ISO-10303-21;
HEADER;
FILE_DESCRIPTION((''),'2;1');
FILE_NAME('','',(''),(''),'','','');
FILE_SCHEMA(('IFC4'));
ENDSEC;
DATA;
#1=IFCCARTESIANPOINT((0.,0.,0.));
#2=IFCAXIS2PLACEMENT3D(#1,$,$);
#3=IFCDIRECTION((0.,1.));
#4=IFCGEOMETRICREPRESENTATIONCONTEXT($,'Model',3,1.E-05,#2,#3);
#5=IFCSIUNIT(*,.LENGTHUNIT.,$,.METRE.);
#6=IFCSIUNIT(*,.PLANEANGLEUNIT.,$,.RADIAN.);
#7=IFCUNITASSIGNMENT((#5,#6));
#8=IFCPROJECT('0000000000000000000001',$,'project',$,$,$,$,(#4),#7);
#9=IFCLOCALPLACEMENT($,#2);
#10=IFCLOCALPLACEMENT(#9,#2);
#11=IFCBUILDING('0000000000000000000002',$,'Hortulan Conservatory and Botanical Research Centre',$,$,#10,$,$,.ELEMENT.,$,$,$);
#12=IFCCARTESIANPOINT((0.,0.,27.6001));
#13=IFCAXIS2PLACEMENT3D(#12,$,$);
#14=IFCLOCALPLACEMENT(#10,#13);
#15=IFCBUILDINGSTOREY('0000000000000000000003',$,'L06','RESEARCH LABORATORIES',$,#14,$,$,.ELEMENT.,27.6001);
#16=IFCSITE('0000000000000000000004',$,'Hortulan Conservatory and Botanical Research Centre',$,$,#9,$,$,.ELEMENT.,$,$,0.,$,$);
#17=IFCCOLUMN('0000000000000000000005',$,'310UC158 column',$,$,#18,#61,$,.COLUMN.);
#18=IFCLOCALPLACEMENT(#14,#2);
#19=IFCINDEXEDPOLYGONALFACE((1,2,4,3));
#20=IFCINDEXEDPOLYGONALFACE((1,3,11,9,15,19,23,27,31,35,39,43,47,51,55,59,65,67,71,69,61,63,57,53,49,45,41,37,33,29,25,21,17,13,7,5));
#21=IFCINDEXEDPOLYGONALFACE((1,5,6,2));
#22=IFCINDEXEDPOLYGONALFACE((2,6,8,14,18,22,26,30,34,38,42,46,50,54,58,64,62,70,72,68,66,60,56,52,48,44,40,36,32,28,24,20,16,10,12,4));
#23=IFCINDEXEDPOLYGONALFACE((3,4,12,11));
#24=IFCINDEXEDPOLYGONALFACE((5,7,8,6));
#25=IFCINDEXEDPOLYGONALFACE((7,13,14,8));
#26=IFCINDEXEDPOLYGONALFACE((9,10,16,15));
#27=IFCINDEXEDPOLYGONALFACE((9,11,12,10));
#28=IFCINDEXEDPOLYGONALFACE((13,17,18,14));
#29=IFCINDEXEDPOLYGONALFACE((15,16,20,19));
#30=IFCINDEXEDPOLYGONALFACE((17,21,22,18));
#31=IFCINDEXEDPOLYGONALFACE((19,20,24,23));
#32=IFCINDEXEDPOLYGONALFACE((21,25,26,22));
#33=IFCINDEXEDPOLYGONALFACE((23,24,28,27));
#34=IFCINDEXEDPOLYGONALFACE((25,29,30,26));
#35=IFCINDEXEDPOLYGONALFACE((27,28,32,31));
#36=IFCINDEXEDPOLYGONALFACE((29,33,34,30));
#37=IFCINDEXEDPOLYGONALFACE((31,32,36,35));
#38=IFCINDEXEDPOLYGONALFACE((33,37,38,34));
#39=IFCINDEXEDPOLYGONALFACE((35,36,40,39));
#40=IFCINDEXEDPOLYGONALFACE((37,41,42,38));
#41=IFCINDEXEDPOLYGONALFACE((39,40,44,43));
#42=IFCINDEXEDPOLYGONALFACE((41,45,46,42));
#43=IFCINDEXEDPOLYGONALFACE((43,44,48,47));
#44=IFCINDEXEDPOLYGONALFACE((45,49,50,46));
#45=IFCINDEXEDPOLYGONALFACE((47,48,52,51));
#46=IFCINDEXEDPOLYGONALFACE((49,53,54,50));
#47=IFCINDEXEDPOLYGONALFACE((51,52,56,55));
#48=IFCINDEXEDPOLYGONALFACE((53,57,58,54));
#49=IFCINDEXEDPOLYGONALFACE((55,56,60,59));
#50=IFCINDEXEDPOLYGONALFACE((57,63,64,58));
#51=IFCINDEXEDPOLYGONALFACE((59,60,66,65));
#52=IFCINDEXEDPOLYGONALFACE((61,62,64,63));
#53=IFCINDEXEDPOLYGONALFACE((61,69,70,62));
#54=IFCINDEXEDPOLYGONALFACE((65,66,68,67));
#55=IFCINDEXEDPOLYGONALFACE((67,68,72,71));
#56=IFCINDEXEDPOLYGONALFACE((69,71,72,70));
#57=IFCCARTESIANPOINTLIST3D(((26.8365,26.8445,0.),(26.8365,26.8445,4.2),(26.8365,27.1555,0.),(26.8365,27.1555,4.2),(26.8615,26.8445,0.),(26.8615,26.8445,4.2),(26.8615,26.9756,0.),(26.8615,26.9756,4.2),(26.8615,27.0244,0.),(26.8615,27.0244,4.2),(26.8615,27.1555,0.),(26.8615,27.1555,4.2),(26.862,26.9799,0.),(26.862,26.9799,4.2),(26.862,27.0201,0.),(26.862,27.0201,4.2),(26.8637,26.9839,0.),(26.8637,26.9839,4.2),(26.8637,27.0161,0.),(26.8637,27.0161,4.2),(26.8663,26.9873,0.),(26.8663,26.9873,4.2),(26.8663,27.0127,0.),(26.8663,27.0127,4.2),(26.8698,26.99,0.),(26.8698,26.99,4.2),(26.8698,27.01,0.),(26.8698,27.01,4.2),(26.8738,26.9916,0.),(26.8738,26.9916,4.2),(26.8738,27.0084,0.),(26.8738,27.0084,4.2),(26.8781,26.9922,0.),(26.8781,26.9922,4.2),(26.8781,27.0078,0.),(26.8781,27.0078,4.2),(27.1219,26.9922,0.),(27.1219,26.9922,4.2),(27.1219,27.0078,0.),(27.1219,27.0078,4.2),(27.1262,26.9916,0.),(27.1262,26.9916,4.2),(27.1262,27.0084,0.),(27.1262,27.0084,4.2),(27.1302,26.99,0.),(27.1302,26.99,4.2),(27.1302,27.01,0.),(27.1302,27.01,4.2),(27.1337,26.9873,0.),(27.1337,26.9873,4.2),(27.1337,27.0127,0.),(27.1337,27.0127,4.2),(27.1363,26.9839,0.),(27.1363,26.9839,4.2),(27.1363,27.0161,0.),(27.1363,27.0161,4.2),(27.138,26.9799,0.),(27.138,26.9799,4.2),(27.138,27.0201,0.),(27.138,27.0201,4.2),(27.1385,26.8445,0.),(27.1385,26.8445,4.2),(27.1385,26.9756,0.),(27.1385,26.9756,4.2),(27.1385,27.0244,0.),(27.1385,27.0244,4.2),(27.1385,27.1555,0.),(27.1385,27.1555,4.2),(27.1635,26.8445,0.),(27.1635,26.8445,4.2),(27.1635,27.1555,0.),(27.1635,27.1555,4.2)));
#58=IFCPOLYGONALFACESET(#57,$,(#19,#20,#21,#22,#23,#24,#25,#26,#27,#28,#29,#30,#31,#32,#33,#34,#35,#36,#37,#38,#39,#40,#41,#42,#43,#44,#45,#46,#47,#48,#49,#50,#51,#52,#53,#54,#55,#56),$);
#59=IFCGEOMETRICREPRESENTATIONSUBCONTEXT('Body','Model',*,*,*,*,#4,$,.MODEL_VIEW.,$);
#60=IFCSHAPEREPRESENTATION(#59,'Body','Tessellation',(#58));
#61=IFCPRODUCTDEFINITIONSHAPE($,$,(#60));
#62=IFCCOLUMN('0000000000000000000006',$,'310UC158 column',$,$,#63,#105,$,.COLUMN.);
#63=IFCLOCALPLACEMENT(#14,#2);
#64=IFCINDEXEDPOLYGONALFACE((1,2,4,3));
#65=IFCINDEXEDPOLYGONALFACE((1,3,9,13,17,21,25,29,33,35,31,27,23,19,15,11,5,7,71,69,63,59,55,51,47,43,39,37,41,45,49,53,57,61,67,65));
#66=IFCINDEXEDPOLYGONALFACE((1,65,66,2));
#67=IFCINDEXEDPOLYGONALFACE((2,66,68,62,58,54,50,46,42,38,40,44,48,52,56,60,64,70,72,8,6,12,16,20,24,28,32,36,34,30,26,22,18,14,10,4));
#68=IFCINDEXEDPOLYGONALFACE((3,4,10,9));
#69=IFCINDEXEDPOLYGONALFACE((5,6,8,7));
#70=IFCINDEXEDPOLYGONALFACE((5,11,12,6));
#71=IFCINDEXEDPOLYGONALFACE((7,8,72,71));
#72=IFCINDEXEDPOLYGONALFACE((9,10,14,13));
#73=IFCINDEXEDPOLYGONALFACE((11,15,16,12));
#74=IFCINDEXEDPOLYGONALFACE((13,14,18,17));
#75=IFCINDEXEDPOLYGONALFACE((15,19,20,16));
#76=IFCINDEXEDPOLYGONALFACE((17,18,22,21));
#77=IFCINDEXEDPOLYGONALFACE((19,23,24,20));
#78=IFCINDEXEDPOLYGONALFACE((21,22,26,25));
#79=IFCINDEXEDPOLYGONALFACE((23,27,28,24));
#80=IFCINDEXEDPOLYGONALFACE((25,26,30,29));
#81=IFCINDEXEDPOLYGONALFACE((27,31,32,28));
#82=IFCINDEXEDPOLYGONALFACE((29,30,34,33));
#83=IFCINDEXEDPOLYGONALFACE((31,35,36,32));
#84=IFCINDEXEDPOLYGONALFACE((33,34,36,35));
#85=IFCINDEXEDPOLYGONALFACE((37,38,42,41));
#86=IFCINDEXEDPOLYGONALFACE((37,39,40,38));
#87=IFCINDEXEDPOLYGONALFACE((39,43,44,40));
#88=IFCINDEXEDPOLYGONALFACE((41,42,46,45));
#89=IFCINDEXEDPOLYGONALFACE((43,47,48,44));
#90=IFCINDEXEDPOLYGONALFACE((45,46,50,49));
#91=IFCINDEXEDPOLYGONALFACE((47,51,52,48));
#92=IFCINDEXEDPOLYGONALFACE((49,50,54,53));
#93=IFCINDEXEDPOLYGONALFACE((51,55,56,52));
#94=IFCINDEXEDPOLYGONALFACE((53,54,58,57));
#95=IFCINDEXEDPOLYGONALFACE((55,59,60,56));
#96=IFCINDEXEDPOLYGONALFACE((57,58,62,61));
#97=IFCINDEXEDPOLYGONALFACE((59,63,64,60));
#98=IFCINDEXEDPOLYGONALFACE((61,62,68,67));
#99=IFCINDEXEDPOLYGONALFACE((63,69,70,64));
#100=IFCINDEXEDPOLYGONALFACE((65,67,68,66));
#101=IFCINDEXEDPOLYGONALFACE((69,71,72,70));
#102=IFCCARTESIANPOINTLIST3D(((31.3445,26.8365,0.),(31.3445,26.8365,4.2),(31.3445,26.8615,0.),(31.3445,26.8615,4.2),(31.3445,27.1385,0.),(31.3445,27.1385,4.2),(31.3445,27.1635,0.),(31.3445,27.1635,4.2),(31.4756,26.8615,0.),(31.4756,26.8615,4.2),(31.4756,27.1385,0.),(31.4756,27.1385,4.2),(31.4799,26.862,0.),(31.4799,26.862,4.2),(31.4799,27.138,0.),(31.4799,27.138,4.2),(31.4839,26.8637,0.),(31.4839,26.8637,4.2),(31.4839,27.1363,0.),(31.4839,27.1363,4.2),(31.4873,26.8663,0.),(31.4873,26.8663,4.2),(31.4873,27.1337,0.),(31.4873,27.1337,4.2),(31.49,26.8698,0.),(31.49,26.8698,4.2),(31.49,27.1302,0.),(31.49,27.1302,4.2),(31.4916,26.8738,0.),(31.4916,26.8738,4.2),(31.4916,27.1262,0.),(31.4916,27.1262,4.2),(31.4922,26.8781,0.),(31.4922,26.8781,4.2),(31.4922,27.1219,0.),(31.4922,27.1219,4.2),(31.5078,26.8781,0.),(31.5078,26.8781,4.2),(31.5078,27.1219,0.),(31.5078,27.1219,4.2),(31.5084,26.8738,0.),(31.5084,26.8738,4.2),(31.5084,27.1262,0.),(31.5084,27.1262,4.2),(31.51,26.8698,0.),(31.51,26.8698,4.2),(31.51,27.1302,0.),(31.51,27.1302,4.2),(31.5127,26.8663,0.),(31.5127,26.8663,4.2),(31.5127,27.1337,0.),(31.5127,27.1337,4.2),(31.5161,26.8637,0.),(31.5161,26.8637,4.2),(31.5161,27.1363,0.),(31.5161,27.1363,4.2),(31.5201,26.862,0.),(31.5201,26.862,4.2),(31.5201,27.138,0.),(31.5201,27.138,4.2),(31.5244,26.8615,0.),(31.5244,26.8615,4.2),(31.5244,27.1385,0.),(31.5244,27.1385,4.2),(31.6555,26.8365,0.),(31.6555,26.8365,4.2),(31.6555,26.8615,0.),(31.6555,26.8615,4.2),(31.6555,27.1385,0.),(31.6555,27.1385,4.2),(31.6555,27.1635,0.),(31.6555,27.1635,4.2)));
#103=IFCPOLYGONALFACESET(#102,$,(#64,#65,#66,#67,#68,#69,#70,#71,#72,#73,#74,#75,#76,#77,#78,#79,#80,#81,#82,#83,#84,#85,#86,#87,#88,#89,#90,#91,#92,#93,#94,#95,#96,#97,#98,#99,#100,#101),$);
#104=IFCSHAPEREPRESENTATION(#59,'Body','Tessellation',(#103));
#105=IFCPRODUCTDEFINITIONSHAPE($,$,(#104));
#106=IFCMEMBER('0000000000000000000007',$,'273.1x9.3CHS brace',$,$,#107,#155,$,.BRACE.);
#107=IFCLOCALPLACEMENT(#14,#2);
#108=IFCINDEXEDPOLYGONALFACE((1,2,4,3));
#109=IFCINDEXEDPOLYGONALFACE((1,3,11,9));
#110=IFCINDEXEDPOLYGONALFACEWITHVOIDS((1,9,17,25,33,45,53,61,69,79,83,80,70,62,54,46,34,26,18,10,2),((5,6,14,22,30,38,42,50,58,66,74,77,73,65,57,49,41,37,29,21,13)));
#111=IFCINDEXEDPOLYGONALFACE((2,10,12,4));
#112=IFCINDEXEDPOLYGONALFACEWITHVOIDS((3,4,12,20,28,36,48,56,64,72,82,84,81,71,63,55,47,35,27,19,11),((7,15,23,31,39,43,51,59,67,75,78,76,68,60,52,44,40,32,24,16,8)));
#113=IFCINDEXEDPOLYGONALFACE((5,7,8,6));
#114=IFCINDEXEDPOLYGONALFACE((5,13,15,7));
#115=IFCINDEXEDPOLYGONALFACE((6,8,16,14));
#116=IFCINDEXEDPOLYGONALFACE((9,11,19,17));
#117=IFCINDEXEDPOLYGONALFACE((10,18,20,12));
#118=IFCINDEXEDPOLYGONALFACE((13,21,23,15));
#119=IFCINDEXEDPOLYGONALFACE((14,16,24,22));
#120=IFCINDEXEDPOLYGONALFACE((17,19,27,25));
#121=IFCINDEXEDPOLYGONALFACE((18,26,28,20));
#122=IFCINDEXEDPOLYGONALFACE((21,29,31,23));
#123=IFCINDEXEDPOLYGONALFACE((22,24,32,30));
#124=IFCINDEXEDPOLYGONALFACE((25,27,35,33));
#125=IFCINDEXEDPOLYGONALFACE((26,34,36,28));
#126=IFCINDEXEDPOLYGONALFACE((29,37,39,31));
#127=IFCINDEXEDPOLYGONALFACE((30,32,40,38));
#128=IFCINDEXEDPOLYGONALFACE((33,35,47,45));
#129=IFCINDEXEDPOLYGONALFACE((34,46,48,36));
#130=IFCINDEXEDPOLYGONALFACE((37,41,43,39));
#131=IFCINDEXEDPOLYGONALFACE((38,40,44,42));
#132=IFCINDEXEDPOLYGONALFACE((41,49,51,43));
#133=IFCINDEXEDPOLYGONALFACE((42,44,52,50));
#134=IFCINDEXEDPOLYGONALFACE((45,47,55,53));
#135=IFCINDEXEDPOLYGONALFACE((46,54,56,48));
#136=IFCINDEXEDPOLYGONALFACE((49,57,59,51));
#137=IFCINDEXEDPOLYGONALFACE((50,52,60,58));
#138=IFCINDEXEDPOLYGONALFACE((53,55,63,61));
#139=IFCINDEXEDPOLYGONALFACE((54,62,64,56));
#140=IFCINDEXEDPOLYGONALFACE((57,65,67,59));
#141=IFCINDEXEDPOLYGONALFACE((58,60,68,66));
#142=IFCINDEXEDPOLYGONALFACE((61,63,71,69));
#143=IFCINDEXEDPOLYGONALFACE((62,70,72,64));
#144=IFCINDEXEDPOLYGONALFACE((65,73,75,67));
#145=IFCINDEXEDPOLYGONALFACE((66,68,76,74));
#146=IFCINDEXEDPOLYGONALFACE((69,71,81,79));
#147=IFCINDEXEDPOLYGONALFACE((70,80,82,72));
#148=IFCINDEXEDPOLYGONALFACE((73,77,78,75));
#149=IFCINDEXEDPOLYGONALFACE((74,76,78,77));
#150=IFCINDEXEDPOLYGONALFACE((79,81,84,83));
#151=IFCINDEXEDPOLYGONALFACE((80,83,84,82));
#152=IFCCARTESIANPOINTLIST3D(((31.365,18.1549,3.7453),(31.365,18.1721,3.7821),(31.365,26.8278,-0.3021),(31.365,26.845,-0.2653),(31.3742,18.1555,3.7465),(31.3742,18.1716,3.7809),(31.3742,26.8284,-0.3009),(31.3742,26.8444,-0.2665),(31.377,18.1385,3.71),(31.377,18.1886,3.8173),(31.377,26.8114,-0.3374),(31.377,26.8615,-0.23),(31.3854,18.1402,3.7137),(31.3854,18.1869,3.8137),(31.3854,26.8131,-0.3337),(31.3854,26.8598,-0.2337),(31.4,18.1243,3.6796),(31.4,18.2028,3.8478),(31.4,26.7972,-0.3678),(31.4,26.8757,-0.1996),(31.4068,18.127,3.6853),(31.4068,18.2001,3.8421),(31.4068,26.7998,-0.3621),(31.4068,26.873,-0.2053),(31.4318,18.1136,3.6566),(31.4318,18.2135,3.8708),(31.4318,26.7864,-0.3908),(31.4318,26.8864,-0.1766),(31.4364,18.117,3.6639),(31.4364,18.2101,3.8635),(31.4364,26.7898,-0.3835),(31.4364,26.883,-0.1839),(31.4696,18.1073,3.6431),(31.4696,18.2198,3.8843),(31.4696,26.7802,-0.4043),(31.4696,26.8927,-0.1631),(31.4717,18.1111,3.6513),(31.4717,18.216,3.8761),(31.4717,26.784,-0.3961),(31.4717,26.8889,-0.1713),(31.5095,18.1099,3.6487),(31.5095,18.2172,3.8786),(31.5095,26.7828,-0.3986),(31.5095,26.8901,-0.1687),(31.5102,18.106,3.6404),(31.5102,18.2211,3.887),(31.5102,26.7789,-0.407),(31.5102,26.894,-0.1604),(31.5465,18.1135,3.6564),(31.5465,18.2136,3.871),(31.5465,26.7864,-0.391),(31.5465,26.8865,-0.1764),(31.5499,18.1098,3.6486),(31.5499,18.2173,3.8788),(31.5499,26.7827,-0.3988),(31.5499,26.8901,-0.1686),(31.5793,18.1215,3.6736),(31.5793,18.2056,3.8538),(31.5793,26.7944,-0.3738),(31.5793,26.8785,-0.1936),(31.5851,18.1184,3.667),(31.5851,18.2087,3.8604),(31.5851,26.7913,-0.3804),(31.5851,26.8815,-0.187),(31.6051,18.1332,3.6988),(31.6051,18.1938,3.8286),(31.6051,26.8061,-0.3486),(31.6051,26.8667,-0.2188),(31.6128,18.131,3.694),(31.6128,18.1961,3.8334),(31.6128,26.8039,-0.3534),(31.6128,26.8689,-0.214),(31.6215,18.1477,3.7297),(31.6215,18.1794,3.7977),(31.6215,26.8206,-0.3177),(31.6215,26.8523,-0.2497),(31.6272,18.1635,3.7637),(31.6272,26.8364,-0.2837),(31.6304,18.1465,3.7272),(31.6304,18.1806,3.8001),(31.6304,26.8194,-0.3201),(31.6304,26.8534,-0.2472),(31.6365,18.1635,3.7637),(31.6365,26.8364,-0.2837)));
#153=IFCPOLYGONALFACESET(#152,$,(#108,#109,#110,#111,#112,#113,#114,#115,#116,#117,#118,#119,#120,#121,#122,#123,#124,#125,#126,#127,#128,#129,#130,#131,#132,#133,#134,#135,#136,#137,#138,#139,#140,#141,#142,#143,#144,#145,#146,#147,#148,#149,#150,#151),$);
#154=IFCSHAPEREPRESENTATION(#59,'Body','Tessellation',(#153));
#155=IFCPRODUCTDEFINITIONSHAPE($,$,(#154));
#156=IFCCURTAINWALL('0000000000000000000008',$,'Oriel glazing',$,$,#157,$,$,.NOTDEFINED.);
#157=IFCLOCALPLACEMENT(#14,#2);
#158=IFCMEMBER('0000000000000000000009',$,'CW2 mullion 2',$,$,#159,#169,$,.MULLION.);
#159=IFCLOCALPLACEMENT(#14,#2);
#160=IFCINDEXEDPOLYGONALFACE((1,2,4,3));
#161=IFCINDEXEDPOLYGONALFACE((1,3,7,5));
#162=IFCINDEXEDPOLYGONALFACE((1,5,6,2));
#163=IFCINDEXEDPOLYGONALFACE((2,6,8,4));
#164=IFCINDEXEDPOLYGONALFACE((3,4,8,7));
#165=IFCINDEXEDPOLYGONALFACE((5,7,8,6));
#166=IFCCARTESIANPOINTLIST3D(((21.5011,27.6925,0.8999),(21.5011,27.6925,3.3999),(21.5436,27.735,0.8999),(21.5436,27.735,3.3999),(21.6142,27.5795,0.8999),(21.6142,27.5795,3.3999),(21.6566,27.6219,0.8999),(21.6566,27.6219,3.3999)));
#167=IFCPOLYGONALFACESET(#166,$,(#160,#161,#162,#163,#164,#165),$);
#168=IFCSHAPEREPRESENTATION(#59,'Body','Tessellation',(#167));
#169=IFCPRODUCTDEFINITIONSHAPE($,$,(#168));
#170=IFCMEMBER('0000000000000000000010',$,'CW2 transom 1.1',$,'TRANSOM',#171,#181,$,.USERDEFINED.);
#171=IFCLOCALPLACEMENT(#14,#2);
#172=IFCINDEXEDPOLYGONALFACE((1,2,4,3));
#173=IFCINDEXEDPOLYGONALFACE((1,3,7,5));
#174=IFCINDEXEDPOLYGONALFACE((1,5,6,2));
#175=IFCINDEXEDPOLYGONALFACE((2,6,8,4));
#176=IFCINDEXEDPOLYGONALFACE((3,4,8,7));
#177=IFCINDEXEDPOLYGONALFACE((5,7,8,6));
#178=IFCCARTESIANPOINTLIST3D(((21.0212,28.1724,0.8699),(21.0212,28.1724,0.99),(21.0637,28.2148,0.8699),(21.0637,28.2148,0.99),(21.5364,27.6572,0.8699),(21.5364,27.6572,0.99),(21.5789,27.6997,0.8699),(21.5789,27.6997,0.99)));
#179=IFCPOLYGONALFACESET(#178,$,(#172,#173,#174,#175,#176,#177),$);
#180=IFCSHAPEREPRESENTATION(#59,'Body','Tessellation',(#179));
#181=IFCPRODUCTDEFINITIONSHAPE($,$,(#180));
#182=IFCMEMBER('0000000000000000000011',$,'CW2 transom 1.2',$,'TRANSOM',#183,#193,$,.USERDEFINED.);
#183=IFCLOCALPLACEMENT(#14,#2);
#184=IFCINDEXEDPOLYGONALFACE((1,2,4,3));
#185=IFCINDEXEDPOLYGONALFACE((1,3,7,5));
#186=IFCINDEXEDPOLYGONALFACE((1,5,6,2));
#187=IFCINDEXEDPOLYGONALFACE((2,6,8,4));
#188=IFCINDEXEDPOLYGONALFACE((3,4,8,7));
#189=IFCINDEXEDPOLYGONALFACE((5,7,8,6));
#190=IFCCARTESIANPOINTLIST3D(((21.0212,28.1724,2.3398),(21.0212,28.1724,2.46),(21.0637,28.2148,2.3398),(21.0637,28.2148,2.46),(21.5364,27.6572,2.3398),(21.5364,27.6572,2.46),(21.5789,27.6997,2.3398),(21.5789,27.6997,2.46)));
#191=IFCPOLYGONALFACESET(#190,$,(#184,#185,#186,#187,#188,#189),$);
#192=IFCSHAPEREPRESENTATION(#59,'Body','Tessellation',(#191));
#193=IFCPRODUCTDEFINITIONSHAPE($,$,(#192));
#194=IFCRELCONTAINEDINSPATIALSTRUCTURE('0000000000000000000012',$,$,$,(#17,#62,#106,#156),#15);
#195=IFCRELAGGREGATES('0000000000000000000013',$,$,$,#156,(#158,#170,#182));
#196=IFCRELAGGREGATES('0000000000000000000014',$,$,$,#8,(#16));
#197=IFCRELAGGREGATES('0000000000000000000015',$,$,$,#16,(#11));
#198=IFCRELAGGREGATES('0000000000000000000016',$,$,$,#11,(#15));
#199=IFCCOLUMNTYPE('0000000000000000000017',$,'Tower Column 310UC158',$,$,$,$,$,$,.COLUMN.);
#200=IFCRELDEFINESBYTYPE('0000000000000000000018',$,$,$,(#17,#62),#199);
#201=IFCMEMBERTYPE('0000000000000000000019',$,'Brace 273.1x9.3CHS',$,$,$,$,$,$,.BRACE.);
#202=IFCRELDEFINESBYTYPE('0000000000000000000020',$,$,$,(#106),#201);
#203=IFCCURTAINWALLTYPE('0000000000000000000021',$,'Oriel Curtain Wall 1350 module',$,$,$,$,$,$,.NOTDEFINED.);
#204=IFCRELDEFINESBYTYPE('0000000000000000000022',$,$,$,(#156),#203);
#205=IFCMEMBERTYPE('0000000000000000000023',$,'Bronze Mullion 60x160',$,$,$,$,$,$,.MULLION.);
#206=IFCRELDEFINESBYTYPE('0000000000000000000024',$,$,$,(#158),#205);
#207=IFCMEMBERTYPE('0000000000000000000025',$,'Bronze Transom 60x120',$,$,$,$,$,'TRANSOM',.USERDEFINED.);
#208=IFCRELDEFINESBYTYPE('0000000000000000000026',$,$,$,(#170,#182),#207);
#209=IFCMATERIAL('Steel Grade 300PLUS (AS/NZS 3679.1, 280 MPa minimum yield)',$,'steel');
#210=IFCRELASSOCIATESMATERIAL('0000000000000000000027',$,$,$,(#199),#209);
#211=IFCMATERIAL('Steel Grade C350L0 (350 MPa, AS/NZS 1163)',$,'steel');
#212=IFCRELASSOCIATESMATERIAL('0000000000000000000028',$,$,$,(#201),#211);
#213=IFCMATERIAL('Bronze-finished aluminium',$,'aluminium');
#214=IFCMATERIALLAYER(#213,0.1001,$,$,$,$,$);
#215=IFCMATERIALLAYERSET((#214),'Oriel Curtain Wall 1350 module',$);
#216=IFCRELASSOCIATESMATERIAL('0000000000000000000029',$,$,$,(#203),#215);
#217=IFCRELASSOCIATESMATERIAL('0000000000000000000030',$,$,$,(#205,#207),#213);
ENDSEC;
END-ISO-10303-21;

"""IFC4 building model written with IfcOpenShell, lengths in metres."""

from ifc_helpers import new_model, si_unit, direction, frame, origin, origin_2d, place, context, subcontext, project, spatial, rectangle, hollow_circle, i_section, extrude, material, layer, layer_set, material_profile, profile_set, type_object, element, aggregate, save


model = new_model("IFC4")

# Units and contexts
model_context = context("Model", 3, precision=1e-05, world=origin(), true_north=direction((0.0, 1.0)))
body_context = subcontext(model_context, "Body", "Model", "MODEL_VIEW")
ifc_project = project(units=[si_unit("LENGTHUNIT", "METRE"), si_unit("PLANEANGLEUNIT", "RADIAN")], contexts=[model_context])

# Site, building, storey
site_placement = place(None, origin())
site = spatial("IfcSite", under=ifc_project, at=site_placement, Name="Hortulan Conservatory and Botanical Research Centre", CompositionType="ELEMENT", RefElevation=0.0)
building_placement = place(site_placement, origin())
building = spatial("IfcBuilding", under=site, at=building_placement, Name="Hortulan Conservatory and Botanical Research Centre", CompositionType="ELEMENT")
storey_placement = place(building_placement, frame((0.0, 0.0, 27.6001)))
storey = spatial("IfcBuildingStorey", under=building, at=storey_placement, Name="L06", Description="RESEARCH LABORATORIES", CompositionType="ELEMENT", Elevation=27.6001)

# Columns
ifc_material_1 = material(Name="Steel Grade 300PLUS (AS/NZS 3679.1, 280 MPa minimum yield)", Category="steel")
ifc_material_profile_1 = material_profile(ifc_material_1, i_section(OverallWidth=0.311, OverallDepth=0.3269, WebThickness=0.0156, FlangeThickness=0.0249, FilletRadius=0.0166, at=origin_2d()), Name="310UC158")
ifc_profile_set_1 = profile_set([ifc_material_profile_1], Name="Steel Grade 300PLUS (AS/NZS 3679.1, 280 MPa minimum yield)")
column_type = type_object("IfcColumnType", Name="Tower Column 310UC158", PredefinedType="COLUMN", material=ifc_profile_set_1)
for number, where, z_axis, x_axis, name in (
    (1, (27.0, 27.0, 0.0), (0.0, 0.0, 1.0), (0.0, 1.0, 0.0), "310UC158 column"),
    (2, (31.5, 27.0, 0.0), (0.0, 0.0, 1.0), (1.0, 0.0, 0.0), "310UC158 column"),
):
    element("IfcColumn", number, at=place(storey_placement, frame(where, z_axis=z_axis, x_axis=x_axis)), inside=storey, type_object=column_type, Name=name, PredefinedType="COLUMN", context=body_context, shape_type="SweptSolid", body=[
        extrude(i_section(OverallWidth=0.311, OverallDepth=0.3269, WebThickness=0.0156, FlangeThickness=0.0249, FilletRadius=0.0166, at=origin_2d()), origin(), (0.0, 0.0, 1.0), 4.2),
    ])

# Member
ifc_material_2 = material(Name="Steel Grade C350L0 (350 MPa, AS/NZS 1163)", Category="steel")
ifc_material_profile_2 = material_profile(ifc_material_2, hollow_circle(Radius=0.1365, WallThickness=0.0093, at=origin_2d()), Name="273.1x9.3CHS")
ifc_profile_set_2 = profile_set([ifc_material_profile_2], Name="Steel Grade C350L0 (350 MPa, AS/NZS 1163)")
member_type_1 = type_object("IfcMemberType", Name="Brace 273.1x9.3CHS", PredefinedType="BRACE", material=ifc_profile_set_2)
member_1_placement = place(storey_placement, frame((31.5, 26.8364, -0.2837), z_axis=(0.0, -0.906182, 0.422888), x_axis=(1.0, 0.0, 0.0)))
element("IfcMember", 3, at=member_1_placement, inside=storey, type_object=member_type_1, Name="273.1x9.3CHS brace", PredefinedType="BRACE", context=body_context, shape_type="SweptSolid", body=[
    extrude(hollow_circle(Radius=0.1365, WallThickness=0.0093, at=origin_2d()), origin(), (0.0, 0.0, 1.0), 9.5708),
])

# Curtain wall, members
ifc_material_3 = material(Name="Bronze-finished aluminium", Category="aluminium")
ifc_layer_1 = layer(ifc_material_3, 0.1001)
ifc_layer_set_1 = layer_set([ifc_layer_1], Name="Oriel Curtain Wall 1350 module")
curtain_wall_type = type_object("IfcCurtainWallType", Name="Oriel Curtain Wall 1350 module", PredefinedType="NOTDEFINED", material=ifc_layer_set_1)
curtain_wall_placement = place(storey_placement, origin())
curtain_wall = element("IfcCurtainWall", 4, at=curtain_wall_placement, inside=storey, type_object=curtain_wall_type, Name="Oriel glazing", PredefinedType="NOTDEFINED")
ifc_material_profile_3 = material_profile(ifc_material_3, rectangle(XDim=0.0601, YDim=0.1599, at=origin_2d()), Name="Bronze Mullion 60x160")
ifc_profile_set_3 = profile_set([ifc_material_profile_3], Name="Bronze-finished aluminium")
member_type_2 = type_object("IfcMemberType", Name="Bronze Mullion 60x160", PredefinedType="MULLION", material=ifc_profile_set_3)
member_2_placement = place(storey_placement, frame((21.5789, 27.6572, 0.8999), z_axis=(0.0, 0.0, 1.0), x_axis=(0.707107, 0.707107, 0.0)))
member_2 = element("IfcMember", 5, at=member_2_placement, type_object=member_type_2, Name="CW2 mullion 2", PredefinedType="MULLION", context=body_context, shape_type="SweptSolid", body=[
    extrude(rectangle(XDim=0.0601, YDim=0.1599, at=origin_2d()), origin(), (0.0, 0.0, 1.0), 2.5),
])
ifc_material_profile_4 = material_profile(ifc_material_3, rectangle(XDim=0.0601, YDim=0.1201, at=origin_2d()), Name="Bronze Transom 60x120")
ifc_profile_set_4 = profile_set([ifc_material_profile_4], Name="Bronze-finished aluminium")
member_type_3 = type_object("IfcMemberType", Name="Bronze Transom 60x120", ElementType="TRANSOM", PredefinedType="USERDEFINED", material=ifc_profile_set_4)
member_3_placement = place(storey_placement, frame((21.0425, 28.1936, 0.9299), z_axis=(0.707107, -0.707107, 0.0), x_axis=(0.707107, 0.707107, 0.0)))
member_3 = element("IfcMember", 6, at=member_3_placement, type_object=member_type_3, Name="CW2 transom 1.1", ObjectType="TRANSOM", PredefinedType="USERDEFINED", context=body_context, shape_type="SweptSolid", body=[
    extrude(rectangle(XDim=0.0601, YDim=0.1201, at=origin_2d()), origin(), (0.0, 0.0, 1.0), 0.7285),
])
member_4_placement = place(storey_placement, frame((21.0425, 28.1936, 2.3999), z_axis=(0.707107, -0.707107, 0.0), x_axis=(0.707107, 0.707107, 0.0)))
member_4 = element("IfcMember", 7, at=member_4_placement, type_object=member_type_3, Name="CW2 transom 1.2", ObjectType="TRANSOM", PredefinedType="USERDEFINED", context=body_context, shape_type="SweptSolid", body=[
    extrude(rectangle(XDim=0.0601, YDim=0.1201, at=origin_2d()), origin(), (0.0, 0.0, 1.0), 0.7285),
])

aggregate(curtain_wall, [member_2, member_3, member_4])

save(model, "model.ifc")
